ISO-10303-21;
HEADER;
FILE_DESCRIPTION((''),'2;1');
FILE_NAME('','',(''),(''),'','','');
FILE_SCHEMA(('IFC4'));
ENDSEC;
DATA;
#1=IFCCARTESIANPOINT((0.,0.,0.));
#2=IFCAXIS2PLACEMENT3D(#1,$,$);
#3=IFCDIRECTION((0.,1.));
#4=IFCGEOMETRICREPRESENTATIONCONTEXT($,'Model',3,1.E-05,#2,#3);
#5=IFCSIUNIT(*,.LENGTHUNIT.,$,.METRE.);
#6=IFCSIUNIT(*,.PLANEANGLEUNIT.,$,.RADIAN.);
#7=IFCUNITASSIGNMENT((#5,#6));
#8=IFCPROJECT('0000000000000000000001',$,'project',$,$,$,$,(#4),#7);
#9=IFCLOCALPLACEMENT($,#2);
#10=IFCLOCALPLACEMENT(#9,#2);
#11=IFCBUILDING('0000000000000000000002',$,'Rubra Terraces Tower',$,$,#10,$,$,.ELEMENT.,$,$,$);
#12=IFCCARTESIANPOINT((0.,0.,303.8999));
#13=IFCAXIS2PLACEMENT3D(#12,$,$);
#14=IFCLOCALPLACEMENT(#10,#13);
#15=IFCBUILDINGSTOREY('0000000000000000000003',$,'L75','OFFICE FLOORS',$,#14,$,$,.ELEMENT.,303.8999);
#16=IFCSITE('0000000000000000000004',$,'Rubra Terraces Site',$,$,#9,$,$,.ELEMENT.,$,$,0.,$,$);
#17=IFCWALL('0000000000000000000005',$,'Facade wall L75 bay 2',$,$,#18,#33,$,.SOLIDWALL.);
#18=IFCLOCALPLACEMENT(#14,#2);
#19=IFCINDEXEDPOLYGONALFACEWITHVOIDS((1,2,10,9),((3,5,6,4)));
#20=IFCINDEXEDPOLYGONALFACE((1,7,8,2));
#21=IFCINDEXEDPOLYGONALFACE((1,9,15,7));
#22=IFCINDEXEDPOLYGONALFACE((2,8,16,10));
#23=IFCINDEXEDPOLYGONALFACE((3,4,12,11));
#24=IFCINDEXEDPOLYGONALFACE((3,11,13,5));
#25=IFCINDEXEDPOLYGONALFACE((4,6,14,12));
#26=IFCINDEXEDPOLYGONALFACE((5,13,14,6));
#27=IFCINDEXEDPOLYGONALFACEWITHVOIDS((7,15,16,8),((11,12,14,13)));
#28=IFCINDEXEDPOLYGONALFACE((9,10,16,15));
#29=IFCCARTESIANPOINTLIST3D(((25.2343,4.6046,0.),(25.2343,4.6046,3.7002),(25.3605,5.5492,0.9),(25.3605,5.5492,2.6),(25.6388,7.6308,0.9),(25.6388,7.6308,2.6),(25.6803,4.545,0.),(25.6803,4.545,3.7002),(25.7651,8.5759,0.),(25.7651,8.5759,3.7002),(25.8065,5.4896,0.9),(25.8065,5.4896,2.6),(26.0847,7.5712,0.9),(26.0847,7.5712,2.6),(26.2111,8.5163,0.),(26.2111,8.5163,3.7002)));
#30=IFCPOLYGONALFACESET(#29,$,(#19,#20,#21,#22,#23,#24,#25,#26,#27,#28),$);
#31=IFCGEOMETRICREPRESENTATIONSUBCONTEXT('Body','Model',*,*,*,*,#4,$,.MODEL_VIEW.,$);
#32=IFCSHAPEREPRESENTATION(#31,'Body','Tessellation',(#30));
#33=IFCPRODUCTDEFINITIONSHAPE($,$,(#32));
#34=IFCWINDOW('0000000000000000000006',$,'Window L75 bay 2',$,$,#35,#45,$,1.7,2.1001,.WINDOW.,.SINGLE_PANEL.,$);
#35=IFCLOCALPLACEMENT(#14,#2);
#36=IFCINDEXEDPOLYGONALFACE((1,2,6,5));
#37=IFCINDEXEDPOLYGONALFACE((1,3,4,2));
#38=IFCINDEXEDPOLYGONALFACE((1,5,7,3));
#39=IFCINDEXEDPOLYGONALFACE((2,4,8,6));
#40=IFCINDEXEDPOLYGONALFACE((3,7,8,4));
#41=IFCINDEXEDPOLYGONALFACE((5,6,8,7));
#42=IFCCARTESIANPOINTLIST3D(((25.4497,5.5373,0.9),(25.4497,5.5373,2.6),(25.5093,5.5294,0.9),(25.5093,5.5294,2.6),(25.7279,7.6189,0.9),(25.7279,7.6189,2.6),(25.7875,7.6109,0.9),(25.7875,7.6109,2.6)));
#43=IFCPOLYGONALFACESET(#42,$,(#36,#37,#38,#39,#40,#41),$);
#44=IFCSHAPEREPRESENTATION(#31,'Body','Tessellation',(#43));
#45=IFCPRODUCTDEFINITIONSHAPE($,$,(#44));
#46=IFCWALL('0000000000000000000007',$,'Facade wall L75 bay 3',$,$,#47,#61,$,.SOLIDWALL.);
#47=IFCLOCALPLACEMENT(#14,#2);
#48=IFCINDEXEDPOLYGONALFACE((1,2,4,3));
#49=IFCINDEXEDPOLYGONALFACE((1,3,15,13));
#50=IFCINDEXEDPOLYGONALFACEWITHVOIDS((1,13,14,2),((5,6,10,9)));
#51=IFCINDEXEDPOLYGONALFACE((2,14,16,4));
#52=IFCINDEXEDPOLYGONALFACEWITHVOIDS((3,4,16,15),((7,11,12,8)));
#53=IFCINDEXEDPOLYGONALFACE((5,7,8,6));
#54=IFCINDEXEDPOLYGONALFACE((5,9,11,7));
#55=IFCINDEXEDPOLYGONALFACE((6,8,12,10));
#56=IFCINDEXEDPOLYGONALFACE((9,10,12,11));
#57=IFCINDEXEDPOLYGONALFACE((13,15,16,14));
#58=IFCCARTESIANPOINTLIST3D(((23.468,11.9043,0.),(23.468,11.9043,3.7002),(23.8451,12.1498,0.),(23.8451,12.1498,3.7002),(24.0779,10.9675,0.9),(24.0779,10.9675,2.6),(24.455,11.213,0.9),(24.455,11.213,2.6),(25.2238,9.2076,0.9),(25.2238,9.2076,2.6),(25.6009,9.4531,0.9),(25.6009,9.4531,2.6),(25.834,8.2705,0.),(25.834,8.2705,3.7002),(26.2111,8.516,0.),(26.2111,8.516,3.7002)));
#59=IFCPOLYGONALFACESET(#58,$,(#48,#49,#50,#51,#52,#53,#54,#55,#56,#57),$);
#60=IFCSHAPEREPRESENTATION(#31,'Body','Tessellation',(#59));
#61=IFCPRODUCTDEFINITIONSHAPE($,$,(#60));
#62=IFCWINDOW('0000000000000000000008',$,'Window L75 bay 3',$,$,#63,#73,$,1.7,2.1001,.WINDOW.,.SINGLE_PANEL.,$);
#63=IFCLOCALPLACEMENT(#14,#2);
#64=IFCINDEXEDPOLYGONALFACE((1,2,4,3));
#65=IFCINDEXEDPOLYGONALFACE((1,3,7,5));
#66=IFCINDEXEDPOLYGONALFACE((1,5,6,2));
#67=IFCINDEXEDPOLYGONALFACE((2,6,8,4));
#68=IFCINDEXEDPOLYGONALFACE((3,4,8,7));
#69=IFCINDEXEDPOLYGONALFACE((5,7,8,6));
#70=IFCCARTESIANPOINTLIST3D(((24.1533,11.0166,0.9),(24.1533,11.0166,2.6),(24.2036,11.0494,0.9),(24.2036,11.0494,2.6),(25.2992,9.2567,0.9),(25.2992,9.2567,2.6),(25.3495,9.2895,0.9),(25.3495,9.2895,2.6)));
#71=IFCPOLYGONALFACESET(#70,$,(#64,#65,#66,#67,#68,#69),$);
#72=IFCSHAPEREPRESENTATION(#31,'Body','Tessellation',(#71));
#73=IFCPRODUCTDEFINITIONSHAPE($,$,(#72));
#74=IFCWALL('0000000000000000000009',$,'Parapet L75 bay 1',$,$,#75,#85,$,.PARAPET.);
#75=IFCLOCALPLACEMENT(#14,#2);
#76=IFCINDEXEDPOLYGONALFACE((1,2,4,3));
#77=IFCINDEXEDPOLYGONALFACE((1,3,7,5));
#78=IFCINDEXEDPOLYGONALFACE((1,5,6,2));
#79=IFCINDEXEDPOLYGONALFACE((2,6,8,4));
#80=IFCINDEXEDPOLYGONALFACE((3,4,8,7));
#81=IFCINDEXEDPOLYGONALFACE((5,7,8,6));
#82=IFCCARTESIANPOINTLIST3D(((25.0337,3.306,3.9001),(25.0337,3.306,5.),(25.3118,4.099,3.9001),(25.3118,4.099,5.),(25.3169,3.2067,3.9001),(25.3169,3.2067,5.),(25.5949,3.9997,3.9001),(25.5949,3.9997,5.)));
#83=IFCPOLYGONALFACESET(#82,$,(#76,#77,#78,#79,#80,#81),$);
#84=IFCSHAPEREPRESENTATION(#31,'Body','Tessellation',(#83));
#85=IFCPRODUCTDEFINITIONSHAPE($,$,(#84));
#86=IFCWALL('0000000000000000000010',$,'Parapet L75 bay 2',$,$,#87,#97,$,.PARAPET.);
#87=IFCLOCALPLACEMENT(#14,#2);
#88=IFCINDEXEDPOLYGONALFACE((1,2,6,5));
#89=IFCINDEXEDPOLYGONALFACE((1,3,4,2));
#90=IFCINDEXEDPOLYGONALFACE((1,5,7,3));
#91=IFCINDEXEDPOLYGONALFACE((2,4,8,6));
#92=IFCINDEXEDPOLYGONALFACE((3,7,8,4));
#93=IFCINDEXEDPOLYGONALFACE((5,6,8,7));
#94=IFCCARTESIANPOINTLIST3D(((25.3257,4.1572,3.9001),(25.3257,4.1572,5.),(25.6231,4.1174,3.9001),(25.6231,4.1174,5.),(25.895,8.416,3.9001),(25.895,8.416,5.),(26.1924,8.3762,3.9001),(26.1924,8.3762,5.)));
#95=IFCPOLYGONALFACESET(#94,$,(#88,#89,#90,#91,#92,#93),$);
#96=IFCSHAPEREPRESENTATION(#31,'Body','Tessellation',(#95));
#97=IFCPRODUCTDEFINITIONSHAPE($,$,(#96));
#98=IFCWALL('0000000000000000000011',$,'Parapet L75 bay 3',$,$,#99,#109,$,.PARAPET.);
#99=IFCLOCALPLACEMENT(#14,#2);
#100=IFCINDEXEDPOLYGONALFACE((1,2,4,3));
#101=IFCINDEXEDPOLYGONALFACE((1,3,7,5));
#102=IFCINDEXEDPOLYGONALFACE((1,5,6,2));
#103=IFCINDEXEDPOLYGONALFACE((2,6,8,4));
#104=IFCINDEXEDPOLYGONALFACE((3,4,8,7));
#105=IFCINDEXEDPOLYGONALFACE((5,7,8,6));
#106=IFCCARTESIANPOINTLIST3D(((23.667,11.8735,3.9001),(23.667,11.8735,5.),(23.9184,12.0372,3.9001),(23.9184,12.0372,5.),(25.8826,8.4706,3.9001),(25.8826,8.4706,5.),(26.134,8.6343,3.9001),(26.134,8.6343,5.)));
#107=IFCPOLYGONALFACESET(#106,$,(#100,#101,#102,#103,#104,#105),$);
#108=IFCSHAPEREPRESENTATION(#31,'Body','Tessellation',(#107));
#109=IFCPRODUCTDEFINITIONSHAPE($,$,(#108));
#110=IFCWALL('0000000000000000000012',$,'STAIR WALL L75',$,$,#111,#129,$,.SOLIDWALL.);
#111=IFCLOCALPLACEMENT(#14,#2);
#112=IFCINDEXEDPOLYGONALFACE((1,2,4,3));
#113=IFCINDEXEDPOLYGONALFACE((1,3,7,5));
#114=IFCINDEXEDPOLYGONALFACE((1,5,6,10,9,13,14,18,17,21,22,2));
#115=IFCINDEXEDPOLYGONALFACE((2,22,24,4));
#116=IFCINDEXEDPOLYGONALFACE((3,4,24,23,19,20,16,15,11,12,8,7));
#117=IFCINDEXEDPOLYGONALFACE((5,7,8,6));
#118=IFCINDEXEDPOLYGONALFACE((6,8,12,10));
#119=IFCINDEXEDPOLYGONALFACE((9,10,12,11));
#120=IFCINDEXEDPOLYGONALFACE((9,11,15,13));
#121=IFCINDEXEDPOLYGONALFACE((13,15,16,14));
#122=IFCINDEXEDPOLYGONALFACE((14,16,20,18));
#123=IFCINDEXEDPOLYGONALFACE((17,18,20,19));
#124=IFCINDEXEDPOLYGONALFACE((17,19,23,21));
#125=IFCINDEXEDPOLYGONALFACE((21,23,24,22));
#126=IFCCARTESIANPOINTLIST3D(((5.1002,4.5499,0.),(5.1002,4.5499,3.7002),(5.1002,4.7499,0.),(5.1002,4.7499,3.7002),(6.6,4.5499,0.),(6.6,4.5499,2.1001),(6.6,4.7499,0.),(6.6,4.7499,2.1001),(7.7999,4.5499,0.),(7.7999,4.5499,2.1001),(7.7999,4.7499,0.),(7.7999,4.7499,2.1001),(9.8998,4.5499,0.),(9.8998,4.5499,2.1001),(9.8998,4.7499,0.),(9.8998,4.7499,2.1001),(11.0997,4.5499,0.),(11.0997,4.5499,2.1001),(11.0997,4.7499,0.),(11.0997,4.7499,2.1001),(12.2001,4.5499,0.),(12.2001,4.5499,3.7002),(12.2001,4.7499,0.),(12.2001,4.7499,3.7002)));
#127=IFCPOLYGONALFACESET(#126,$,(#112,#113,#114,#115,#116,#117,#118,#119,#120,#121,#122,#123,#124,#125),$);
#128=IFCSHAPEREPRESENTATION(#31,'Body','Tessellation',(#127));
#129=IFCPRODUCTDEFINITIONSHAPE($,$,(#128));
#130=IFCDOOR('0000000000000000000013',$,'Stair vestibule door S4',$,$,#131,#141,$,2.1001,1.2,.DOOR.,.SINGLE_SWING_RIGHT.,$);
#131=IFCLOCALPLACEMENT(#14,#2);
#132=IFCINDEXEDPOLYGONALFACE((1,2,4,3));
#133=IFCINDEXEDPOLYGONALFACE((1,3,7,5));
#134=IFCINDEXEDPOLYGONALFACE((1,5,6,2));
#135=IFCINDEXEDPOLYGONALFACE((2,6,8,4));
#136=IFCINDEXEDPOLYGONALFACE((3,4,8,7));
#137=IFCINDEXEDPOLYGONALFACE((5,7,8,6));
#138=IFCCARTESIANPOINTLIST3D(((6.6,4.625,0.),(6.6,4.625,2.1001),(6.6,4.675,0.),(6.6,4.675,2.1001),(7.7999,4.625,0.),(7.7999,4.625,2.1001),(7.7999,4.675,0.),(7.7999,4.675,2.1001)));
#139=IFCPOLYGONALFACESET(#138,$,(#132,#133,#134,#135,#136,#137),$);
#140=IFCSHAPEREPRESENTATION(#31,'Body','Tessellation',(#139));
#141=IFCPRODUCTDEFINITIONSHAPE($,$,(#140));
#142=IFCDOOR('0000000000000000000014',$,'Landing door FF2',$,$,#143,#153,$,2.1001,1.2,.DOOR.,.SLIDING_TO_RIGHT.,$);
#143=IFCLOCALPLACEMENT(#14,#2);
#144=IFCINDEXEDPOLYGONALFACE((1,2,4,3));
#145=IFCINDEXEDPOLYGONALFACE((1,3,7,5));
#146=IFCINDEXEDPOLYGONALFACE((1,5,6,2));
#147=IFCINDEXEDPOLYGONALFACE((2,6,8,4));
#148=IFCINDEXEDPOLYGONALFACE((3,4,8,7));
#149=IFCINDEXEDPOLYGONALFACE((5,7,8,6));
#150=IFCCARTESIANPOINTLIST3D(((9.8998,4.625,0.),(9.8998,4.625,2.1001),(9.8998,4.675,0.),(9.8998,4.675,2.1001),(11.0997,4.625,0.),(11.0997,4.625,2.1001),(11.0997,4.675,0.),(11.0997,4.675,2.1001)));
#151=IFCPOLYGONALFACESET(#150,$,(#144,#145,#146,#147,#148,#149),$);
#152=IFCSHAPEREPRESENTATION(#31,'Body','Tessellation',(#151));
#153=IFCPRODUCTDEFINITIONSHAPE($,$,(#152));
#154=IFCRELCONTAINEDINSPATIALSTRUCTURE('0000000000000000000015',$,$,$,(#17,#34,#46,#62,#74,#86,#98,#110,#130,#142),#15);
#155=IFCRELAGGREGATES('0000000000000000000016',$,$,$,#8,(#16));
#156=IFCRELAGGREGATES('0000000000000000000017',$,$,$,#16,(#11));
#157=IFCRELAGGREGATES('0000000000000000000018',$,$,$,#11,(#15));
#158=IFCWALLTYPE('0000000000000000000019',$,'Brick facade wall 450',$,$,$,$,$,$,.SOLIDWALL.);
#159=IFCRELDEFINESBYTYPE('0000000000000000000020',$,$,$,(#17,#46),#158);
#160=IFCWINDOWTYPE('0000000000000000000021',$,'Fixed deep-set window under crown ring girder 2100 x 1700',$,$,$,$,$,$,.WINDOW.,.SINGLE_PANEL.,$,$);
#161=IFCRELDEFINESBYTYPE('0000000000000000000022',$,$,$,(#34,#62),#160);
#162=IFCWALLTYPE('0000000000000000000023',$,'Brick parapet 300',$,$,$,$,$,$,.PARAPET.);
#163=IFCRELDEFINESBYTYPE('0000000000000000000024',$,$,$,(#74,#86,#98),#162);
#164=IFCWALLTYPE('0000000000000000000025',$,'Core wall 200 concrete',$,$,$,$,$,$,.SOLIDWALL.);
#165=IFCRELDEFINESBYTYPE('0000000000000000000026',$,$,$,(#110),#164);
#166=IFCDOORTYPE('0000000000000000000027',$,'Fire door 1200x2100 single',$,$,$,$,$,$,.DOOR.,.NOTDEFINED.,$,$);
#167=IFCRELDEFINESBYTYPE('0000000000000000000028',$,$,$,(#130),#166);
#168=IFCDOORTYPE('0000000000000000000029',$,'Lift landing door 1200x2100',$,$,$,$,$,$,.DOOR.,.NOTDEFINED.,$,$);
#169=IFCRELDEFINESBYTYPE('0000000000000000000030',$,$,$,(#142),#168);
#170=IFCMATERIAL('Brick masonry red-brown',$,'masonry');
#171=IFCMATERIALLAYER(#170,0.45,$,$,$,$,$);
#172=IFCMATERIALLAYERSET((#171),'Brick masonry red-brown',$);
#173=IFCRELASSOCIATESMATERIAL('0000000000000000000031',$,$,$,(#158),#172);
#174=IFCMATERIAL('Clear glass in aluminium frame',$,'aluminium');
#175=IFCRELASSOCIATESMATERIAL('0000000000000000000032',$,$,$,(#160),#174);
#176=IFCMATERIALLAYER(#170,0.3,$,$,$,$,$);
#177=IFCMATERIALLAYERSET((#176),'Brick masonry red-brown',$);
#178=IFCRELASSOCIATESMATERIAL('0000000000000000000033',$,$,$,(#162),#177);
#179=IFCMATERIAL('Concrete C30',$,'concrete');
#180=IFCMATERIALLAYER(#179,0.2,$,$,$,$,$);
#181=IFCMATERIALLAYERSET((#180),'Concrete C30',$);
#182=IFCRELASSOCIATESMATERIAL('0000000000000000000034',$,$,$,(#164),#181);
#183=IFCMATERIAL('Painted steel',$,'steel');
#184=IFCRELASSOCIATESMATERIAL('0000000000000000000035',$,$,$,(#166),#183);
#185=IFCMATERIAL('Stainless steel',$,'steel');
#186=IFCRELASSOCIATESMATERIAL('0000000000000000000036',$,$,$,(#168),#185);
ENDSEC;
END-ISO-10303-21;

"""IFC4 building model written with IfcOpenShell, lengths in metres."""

from ifc_helpers import new_model, si_unit, direction, frame, frame_2d, origin, place, context, subcontext, project, spatial, rectangle, extrude, material, layer, layer_set, type_object, element, fill, save


model = new_model("IFC4")

# Units and contexts
model_context = context("Model", 3, precision=1e-05, world=origin(), true_north=direction((0.0, 1.0)))
body_context = subcontext(model_context, "Body", "Model", "MODEL_VIEW")
ifc_project = project(units=[si_unit("LENGTHUNIT", "METRE"), si_unit("PLANEANGLEUNIT", "RADIAN")], contexts=[model_context])

# Site, building, storey
site_placement = place(None, origin())
site = spatial("IfcSite", under=ifc_project, at=site_placement, Name="Rubra Terraces Site", CompositionType="ELEMENT", RefElevation=0.0)
building_placement = place(site_placement, origin())
building = spatial("IfcBuilding", under=site, at=building_placement, Name="Rubra Terraces Tower", CompositionType="ELEMENT")
storey_placement = place(building_placement, frame((0.0, 0.0, 303.8999)))
storey = spatial("IfcBuildingStorey", under=building, at=storey_placement, Name="L75", Description="OFFICE FLOORS", CompositionType="ELEMENT", Elevation=303.8999)

# Walls, openings, windows
ifc_material_1 = material(Name="Brick masonry red-brown", Category="masonry")
ifc_layer_1 = layer(ifc_material_1, 0.45)
ifc_layer_set_1 = layer_set([ifc_layer_1], Name="Brick masonry red-brown")
wall_type_1 = type_object("IfcWallType", Name="Brick facade wall 450", PredefinedType="SOLIDWALL", material=ifc_layer_set_1)
wall_1_placement = place(storey_placement, frame((25.4573, 4.5747, 0.0), z_axis=(0.0, 0.0, 1.0), x_axis=(0.132475, 0.991186, 0.0)))
wall_1 = element("IfcWall", 1, at=wall_1_placement, inside=storey, type_object=wall_type_1, Name="Facade wall L75 bay 2", PredefinedType="SOLIDWALL", context=body_context, shape_type="SweptSolid", body=[
    extrude(rectangle(XDim=4.0066, YDim=0.45, at=frame_2d((2.0034, 0.0))), origin(), (0.0, 0.0, 1.0), 3.7002),
])
opening_1_placement = place(wall_1_placement, frame((0.9531, 0.0, 0.8999)))
opening_1 = element("IfcOpeningElement", 2, at=opening_1_placement, cuts=wall_1, PredefinedType="OPENING", context=body_context, shape_type="SweptSolid", body=[
    extrude(rectangle(XDim=2.1001, YDim=1.7, at=frame_2d((1.05, 0.8501))), frame((0.0, 0.2349, 0.0), z_axis=(0.0, -1.0, 0.0), x_axis=(1.0, 0.0, 0.0)), (0.0, 0.0, 1.0), 0.47),
])
ifc_material_2 = material(Name="Clear glass in aluminium frame", Category="aluminium")
window_type = type_object("IfcWindowType", Name="Fixed deep-set window under crown ring girder 2100 x 1700", PartitioningType="SINGLE_PANEL", PredefinedType="WINDOW", material=ifc_material_2)
window_1_placement = place(opening_1_placement, origin())
window_1 = element("IfcWindow", 3, at=window_1_placement, inside=storey, type_object=window_type, Name="Window L75 bay 2", OverallHeight=1.7, OverallWidth=2.1001, PartitioningType="SINGLE_PANEL", PredefinedType="WINDOW", context=body_context, shape_type="SweptSolid", body=[
    extrude(rectangle(XDim=2.1001, YDim=1.7, at=frame_2d((1.05, 0.8501))), frame((0.0, 0.135, 0.0), z_axis=(0.0, -1.0, 0.0), x_axis=(1.0, 0.0, 0.0)), (0.0, 0.0, 1.0), 0.0601),
])
fill(opening_1, window_1)
wall_2_placement = place(storey_placement, frame((26.0225, 8.3933, 0.0), z_axis=(0.0, 0.0, 1.0), x_axis=(-0.545637, 0.838021, 0.0)))
wall_2 = element("IfcWall", 4, at=wall_2_placement, inside=storey, type_object=wall_type_1, Name="Facade wall L75 bay 3", PredefinedType="SOLIDWALL", context=body_context, shape_type="SweptSolid", body=[
    extrude(rectangle(XDim=4.3362, YDim=0.45, at=frame_2d((2.168, 0.0))), origin(), (0.0, 0.0, 1.0), 3.7002),
])
opening_2_placement = place(wall_2_placement, frame((1.1182, 0.0, 0.8999)))
opening_2 = element("IfcOpeningElement", 5, at=opening_2_placement, cuts=wall_2, PredefinedType="OPENING", context=body_context, shape_type="SweptSolid", body=[
    extrude(rectangle(XDim=2.1001, YDim=1.7, at=frame_2d((1.05, 0.8501))), frame((0.0, 0.2349, 0.0), z_axis=(0.0, -1.0, 0.0), x_axis=(1.0, 0.0, 0.0)), (0.0, 0.0, 1.0), 0.47),
])
window_2_placement = place(opening_2_placement, origin())
window_2 = element("IfcWindow", 6, at=window_2_placement, inside=storey, type_object=window_type, Name="Window L75 bay 3", OverallHeight=1.7, OverallWidth=2.1001, PartitioningType="SINGLE_PANEL", PredefinedType="WINDOW", context=body_context, shape_type="SweptSolid", body=[
    extrude(rectangle(XDim=2.1001, YDim=1.7, at=frame_2d((1.05, 0.8501))), frame((0.0, 0.135, 0.0), z_axis=(0.0, -1.0, 0.0), x_axis=(1.0, 0.0, 0.0)), (0.0, 0.0, 1.0), 0.0601),
])
fill(opening_2, window_2)

# Walls
ifc_layer_2 = layer(ifc_material_1, 0.3)
ifc_layer_set_2 = layer_set([ifc_layer_2], Name="Brick masonry red-brown")
wall_type_2 = type_object("IfcWallType", Name="Brick parapet 300", PredefinedType="PARAPET", material=ifc_layer_set_2)
wall_3_placement = place(storey_placement, frame((25.1753, 3.2563, 3.9001), z_axis=(0.0, 0.0, 1.0), x_axis=(0.33092, 0.943659, 0.0)))
element("IfcWall", 7, at=wall_3_placement, inside=storey, type_object=wall_type_2, Name="Parapet L75 bay 1", PredefinedType="PARAPET", context=body_context, shape_type="SweptSolid", body=[
    extrude(rectangle(XDim=0.8403, YDim=0.3, at=frame_2d((0.4202, 0.0))), origin(), (0.0, 0.0, 1.0), 1.0999),
])
wall_4_placement = place(storey_placement, frame((25.4744, 4.1372, 3.9001), z_axis=(0.0, 0.0, 1.0), x_axis=(0.132506, 0.991182, 0.0)))
element("IfcWall", 8, at=wall_4_placement, inside=storey, type_object=wall_type_2, Name="Parapet L75 bay 2", PredefinedType="PARAPET", context=body_context, shape_type="SweptSolid", body=[
    extrude(rectangle(XDim=4.2966, YDim=0.3, at=frame_2d((2.1484, 0.0))), origin(), (0.0, 0.0, 1.0), 1.0999),
])
wall_5_placement = place(storey_placement, frame((26.0083, 8.5525, 3.9001), z_axis=(0.0, 0.0, 1.0), x_axis=(-0.545635, 0.838023, 0.0)))
element("IfcWall", 9, at=wall_5_placement, inside=storey, type_object=wall_type_2, Name="Parapet L75 bay 3", PredefinedType="PARAPET", context=body_context, shape_type="SweptSolid", body=[
    extrude(rectangle(XDim=4.0605, YDim=0.3, at=frame_2d((2.0303, 0.0))), origin(), (0.0, 0.0, 1.0), 1.0999),
])

# Wall, openings, doors
ifc_material_3 = material(Name="Concrete C30", Category="concrete")
ifc_layer_3 = layer(ifc_material_3, 0.2)
ifc_layer_set_3 = layer_set([ifc_layer_3], Name="Concrete C30")
wall_type_3 = type_object("IfcWallType", Name="Core wall 200 concrete", PredefinedType="SOLIDWALL", material=ifc_layer_set_3)
wall_6_placement = place(storey_placement, frame((12.2, 4.6499, 0.0), z_axis=(0.0, 0.0, 1.0), x_axis=(-1.0, 0.0, 0.0)))
wall_6 = element("IfcWall", 10, at=wall_6_placement, inside=storey, type_object=wall_type_3, Name="STAIR WALL L75", PredefinedType="SOLIDWALL", context=body_context, shape_type="SweptSolid", body=[
    extrude(rectangle(XDim=7.0999, YDim=0.2, at=frame_2d((3.5498, 0.0))), origin(), (0.0, 0.0, 1.0), 3.7002),
])
opening_3_placement = place(wall_6_placement, frame((4.3999, 0.0, 0.0)))
opening_3 = element("IfcOpeningElement", 11, at=opening_3_placement, cuts=wall_6, PredefinedType="OPENING", context=body_context, shape_type="SweptSolid", body=[
    extrude(rectangle(XDim=1.2, YDim=2.1001, at=frame_2d((0.6001, 1.05))), frame((0.0, 0.1099, 0.0), z_axis=(0.0, -1.0, 0.0), x_axis=(1.0, 0.0, 0.0)), (0.0, 0.0, 1.0), 0.22),
])
opening_4_placement = place(wall_6_placement, frame((1.1001, 0.0, 0.0)))
opening_4 = element("IfcOpeningElement", 12, at=opening_4_placement, cuts=wall_6, PredefinedType="OPENING", context=body_context, shape_type="SweptSolid", body=[
    extrude(rectangle(XDim=1.2, YDim=2.1001, at=frame_2d((0.6001, 1.05))), frame((0.0, 0.1099, 0.0), z_axis=(0.0, -1.0, 0.0), x_axis=(1.0, 0.0, 0.0)), (0.0, 0.0, 1.0), 0.22),
])
ifc_material_4 = material(Name="Painted steel", Category="steel")
door_type_1 = type_object("IfcDoorType", Name="Fire door 1200x2100 single", OperationType="NOTDEFINED", PredefinedType="DOOR", material=ifc_material_4)
door_1_placement = place(opening_3_placement, origin())
door_1 = element("IfcDoor", 13, at=door_1_placement, inside=storey, type_object=door_type_1, Name="Stair vestibule door S4", OperationType="SINGLE_SWING_RIGHT", OverallHeight=2.1001, OverallWidth=1.2, PredefinedType="DOOR", context=body_context, shape_type="SweptSolid", body=[
    extrude(rectangle(XDim=1.2, YDim=2.1001, at=frame_2d((0.6001, 1.05))), frame((0.0, 0.0249, 0.0), z_axis=(0.0, -1.0, 0.0), x_axis=(1.0, 0.0, 0.0)), (0.0, 0.0, 1.0), 0.05),
])
fill(opening_3, door_1)
ifc_material_5 = material(Name="Stainless steel", Category="steel")
door_type_2 = type_object("IfcDoorType", Name="Lift landing door 1200x2100", OperationType="NOTDEFINED", PredefinedType="DOOR", material=ifc_material_5)
door_2_placement = place(opening_4_placement, origin())
door_2 = element("IfcDoor", 14, at=door_2_placement, inside=storey, type_object=door_type_2, Name="Landing door FF2", OperationType="SLIDING_TO_RIGHT", OverallHeight=2.1001, OverallWidth=1.2, PredefinedType="DOOR", context=body_context, shape_type="SweptSolid", body=[
    extrude(rectangle(XDim=1.2, YDim=2.1001, at=frame_2d((0.6001, 1.05))), frame((0.0, 0.0249, 0.0), z_axis=(0.0, -1.0, 0.0), x_axis=(1.0, 0.0, 0.0)), (0.0, 0.0, 1.0), 0.05),
])
fill(opening_4, door_2)

save(model, "model.ifc")
